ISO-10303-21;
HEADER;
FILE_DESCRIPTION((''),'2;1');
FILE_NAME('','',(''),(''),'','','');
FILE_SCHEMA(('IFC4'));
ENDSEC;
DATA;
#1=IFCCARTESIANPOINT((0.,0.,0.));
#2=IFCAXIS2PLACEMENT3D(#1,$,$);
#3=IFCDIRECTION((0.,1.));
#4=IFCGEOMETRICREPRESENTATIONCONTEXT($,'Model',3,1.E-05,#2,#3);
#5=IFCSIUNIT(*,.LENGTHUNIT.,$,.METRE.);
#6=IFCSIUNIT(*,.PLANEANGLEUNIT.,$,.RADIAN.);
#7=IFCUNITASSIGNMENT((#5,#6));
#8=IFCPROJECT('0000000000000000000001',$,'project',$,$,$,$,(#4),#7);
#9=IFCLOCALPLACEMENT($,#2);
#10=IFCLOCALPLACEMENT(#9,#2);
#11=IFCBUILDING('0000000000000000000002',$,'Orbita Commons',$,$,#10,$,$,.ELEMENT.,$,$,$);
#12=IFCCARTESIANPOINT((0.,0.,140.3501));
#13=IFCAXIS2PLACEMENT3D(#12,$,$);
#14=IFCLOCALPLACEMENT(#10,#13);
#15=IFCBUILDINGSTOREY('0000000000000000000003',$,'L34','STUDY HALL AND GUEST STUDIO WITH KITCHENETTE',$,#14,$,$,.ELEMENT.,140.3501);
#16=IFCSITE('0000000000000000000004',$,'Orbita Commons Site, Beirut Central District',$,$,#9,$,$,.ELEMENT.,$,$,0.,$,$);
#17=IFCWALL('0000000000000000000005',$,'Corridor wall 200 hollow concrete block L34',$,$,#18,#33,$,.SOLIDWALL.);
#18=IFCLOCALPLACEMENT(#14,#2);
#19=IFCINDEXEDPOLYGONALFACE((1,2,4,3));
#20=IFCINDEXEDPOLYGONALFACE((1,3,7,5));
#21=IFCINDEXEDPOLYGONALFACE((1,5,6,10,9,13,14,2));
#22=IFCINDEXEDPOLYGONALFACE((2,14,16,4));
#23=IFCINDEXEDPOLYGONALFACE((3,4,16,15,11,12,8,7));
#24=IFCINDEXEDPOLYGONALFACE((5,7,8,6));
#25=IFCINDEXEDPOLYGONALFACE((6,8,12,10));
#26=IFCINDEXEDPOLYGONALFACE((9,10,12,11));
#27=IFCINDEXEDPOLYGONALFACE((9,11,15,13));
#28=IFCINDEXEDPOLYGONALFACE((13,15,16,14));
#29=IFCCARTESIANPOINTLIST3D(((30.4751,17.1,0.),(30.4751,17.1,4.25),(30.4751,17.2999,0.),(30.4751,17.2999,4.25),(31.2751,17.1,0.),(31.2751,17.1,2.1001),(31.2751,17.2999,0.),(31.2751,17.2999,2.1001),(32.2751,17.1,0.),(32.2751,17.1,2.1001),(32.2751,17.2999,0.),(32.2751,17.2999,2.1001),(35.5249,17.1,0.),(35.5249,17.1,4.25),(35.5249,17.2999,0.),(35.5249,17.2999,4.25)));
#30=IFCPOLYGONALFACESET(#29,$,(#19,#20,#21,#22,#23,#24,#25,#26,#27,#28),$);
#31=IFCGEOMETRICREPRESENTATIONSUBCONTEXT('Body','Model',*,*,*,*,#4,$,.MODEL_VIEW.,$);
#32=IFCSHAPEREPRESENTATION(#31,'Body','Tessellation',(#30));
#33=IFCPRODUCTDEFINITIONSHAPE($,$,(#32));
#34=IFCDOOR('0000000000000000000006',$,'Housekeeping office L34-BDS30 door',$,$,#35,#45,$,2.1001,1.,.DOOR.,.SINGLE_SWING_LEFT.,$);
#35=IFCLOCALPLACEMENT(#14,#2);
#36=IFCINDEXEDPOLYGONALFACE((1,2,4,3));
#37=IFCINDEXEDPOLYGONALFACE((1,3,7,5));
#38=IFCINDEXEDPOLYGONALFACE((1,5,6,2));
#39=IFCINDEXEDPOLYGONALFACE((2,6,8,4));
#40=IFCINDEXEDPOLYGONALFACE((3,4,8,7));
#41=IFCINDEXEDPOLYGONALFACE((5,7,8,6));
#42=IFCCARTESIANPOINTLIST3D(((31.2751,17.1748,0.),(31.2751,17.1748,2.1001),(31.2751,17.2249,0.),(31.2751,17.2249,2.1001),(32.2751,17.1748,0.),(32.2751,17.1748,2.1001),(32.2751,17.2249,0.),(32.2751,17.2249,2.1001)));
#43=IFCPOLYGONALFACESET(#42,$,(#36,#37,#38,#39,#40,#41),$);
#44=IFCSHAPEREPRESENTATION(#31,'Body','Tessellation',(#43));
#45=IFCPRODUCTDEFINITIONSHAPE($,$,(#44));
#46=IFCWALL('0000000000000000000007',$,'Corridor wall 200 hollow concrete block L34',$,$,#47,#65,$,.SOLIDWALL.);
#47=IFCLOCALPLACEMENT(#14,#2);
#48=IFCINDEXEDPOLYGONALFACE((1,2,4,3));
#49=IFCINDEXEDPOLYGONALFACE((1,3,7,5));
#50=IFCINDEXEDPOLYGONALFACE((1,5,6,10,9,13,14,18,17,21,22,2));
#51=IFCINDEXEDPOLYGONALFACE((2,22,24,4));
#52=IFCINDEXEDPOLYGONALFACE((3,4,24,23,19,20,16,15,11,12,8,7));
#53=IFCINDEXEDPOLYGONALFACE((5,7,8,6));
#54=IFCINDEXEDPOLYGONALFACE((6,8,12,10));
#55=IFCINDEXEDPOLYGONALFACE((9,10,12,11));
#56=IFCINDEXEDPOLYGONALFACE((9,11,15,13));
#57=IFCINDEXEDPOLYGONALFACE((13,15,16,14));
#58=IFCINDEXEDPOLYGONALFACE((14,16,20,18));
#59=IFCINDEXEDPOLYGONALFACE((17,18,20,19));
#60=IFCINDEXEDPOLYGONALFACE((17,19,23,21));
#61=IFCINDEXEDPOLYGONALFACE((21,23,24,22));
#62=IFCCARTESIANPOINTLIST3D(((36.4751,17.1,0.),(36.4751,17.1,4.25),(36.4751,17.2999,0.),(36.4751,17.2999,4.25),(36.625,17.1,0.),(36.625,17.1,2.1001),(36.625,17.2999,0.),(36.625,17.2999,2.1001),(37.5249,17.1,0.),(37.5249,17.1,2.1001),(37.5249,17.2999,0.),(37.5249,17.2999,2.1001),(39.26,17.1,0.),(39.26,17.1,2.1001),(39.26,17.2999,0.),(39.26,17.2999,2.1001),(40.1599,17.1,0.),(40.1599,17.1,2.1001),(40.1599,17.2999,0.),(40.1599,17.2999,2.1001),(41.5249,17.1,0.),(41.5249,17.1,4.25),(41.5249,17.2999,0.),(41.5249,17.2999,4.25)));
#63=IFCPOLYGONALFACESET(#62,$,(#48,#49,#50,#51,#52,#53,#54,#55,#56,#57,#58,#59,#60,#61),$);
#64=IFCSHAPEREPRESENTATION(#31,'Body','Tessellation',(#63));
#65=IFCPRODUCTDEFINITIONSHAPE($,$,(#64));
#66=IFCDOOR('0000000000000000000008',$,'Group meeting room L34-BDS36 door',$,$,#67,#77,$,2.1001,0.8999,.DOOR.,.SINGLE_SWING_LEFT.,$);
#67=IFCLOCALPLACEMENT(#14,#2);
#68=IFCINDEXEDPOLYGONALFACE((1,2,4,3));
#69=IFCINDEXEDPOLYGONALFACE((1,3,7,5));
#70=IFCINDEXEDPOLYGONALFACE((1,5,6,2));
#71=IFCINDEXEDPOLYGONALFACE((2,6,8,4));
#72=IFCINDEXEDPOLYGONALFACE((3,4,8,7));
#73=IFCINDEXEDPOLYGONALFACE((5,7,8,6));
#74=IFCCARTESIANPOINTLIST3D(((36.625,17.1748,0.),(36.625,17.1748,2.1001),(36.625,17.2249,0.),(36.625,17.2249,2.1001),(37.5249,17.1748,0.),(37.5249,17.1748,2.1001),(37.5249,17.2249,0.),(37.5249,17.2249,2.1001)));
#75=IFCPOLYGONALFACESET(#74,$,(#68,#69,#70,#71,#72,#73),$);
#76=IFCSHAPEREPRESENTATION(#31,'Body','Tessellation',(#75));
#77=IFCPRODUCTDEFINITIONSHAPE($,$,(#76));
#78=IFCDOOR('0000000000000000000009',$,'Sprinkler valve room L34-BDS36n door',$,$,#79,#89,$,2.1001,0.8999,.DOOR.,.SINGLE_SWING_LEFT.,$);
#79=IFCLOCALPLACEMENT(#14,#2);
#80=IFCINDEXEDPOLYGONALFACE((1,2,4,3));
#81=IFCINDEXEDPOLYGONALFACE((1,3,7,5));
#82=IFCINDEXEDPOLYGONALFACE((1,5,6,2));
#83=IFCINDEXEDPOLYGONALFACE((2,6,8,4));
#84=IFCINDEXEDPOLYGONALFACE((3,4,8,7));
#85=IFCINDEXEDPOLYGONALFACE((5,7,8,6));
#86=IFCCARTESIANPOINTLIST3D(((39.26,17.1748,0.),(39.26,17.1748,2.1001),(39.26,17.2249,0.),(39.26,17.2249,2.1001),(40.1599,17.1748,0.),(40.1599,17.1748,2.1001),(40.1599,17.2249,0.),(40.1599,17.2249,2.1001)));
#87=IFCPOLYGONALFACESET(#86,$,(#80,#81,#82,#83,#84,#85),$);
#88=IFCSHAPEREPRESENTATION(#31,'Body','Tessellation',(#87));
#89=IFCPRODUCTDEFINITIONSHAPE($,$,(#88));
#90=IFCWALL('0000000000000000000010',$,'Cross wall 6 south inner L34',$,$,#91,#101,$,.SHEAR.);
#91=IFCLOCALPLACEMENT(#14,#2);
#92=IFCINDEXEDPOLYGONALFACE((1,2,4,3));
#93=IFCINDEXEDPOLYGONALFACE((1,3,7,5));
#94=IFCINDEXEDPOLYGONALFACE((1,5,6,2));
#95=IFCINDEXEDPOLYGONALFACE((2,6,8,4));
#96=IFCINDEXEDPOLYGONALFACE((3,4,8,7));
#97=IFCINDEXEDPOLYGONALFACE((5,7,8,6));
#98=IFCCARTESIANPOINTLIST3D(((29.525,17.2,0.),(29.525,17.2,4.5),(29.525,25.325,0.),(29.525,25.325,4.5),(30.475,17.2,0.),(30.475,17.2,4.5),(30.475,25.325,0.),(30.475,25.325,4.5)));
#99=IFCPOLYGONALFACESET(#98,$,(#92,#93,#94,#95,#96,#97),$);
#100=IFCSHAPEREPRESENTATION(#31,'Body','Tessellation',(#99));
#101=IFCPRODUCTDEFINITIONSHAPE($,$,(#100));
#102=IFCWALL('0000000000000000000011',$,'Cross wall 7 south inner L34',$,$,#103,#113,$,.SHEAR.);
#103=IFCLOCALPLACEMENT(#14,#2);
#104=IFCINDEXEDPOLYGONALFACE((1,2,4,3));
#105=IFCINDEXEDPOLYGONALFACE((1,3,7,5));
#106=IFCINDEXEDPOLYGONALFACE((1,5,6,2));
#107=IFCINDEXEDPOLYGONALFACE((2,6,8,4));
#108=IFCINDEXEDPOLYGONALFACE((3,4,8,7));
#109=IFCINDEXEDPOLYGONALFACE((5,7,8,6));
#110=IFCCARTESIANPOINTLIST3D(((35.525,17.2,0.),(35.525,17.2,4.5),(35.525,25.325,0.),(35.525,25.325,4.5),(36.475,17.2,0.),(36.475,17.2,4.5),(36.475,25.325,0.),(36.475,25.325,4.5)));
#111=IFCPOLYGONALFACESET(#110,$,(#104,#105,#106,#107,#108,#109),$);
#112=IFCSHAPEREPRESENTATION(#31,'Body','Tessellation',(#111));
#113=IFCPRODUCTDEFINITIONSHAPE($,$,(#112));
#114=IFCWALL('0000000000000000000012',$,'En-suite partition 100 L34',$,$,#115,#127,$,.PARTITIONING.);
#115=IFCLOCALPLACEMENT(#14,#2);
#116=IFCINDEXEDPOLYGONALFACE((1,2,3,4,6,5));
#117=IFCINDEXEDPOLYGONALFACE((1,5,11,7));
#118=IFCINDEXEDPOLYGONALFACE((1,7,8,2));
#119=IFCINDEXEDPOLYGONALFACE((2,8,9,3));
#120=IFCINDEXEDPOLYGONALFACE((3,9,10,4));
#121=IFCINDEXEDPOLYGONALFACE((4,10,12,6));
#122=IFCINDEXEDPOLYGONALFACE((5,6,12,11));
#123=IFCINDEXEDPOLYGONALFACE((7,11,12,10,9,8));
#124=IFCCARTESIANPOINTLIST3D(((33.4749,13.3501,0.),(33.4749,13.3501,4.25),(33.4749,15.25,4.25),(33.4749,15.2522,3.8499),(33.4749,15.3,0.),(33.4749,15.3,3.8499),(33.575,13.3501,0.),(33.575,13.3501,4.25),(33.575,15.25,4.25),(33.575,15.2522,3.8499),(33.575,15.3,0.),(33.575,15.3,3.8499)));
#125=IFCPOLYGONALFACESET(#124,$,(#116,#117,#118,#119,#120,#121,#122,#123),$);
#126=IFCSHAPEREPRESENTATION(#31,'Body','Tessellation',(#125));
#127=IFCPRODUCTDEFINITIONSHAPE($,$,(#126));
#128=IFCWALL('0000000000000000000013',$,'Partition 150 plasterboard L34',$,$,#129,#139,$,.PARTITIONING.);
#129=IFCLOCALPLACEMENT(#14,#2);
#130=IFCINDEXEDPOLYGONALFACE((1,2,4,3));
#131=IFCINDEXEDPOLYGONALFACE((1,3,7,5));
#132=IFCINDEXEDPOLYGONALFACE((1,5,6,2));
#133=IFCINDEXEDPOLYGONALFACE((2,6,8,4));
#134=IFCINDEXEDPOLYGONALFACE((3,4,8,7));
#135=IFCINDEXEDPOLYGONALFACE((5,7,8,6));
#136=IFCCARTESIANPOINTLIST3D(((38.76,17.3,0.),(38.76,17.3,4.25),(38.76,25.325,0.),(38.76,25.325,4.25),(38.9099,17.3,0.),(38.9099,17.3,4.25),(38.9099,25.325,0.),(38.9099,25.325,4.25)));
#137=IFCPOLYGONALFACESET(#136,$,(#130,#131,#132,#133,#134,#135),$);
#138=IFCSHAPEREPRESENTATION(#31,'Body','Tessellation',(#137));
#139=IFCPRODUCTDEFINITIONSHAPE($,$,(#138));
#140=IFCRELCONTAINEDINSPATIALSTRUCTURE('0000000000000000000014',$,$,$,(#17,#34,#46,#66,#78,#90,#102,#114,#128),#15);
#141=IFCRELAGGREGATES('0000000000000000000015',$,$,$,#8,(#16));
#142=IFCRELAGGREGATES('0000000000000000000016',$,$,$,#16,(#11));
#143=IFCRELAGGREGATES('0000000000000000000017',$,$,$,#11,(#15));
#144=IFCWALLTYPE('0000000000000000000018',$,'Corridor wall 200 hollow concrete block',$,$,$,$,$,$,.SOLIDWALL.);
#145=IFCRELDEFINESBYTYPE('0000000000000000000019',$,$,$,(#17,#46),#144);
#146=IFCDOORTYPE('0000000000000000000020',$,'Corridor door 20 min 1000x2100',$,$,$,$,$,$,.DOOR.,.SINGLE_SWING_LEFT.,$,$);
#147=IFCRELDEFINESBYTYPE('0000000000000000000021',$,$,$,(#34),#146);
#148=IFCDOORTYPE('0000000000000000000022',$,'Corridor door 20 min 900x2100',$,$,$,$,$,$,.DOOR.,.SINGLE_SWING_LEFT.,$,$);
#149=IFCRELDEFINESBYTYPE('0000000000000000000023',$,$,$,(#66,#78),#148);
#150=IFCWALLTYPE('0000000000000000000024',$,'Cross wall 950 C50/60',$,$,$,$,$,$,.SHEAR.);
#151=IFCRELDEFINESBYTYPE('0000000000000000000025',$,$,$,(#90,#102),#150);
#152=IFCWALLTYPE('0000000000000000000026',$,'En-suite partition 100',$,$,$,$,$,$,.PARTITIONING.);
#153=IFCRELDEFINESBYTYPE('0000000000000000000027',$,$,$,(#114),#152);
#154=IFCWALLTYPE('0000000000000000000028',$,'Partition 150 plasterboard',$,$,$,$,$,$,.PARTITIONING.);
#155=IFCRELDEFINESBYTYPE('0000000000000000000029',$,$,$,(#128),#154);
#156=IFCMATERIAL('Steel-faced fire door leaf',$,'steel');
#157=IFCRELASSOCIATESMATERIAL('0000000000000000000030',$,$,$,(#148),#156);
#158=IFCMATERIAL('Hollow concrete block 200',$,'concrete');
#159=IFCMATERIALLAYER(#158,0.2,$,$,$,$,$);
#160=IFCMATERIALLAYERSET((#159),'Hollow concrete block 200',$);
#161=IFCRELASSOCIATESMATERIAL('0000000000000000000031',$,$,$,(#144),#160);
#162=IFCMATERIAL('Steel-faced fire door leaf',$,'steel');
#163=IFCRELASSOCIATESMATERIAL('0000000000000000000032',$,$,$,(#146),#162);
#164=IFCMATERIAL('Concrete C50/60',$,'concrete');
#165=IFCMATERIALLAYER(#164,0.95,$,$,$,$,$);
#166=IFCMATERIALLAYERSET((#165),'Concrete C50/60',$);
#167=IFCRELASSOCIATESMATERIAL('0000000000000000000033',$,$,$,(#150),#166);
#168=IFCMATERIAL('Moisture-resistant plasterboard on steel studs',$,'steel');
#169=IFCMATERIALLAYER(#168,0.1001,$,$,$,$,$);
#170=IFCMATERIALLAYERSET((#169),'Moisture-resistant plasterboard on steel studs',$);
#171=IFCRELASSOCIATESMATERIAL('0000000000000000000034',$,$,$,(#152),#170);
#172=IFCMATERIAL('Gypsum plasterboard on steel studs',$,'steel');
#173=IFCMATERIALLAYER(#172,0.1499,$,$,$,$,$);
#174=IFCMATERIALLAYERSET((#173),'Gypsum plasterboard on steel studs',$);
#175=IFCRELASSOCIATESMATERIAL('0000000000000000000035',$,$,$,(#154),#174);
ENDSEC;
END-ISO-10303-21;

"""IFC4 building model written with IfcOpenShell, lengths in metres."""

from ifc_helpers import new_model, si_unit, direction, frame, frame_2d, origin, place, context, subcontext, project, spatial, polyline, rectangle, outline, extrude, material, layer, layer_set, type_object, element, fill, save


model = new_model("IFC4")

# Units and contexts
model_context = context("Model", 3, precision=1e-05, world=origin(), true_north=direction((0.0, 1.0)))
body_context = subcontext(model_context, "Body", "Model", "MODEL_VIEW")
ifc_project = project(units=[si_unit("LENGTHUNIT", "METRE"), si_unit("PLANEANGLEUNIT", "RADIAN")], contexts=[model_context])

# Site, building, storey
site_placement = place(None, origin())
site = spatial("IfcSite", under=ifc_project, at=site_placement, Name="Orbita Commons Site, Beirut Central District", CompositionType="ELEMENT", RefElevation=0.0)
building_placement = place(site_placement, origin())
building = spatial("IfcBuilding", under=site, at=building_placement, Name="Orbita Commons", CompositionType="ELEMENT")
storey_placement = place(building_placement, frame((0.0, 0.0, 140.3501)))
storey = spatial("IfcBuildingStorey", under=building, at=storey_placement, Name="L34", Description="STUDY HALL AND GUEST STUDIO WITH KITCHENETTE", CompositionType="ELEMENT", Elevation=140.3501)

# Wall, opening, door
ifc_material_1 = material(Name="Steel-faced fire door leaf", Category="steel")
door_type_1 = type_object("IfcDoorType", Name="Corridor door 20 min 900x2100", OperationType="SINGLE_SWING_LEFT", PredefinedType="DOOR", material=ifc_material_1)
ifc_material_2 = material(Name="Hollow concrete block 200", Category="concrete")
ifc_layer_1 = layer(ifc_material_2, 0.2)
ifc_layer_set_1 = layer_set([ifc_layer_1], Name="Hollow concrete block 200")
wall_type_1 = type_object("IfcWallType", Name="Corridor wall 200 hollow concrete block", PredefinedType="SOLIDWALL", material=ifc_layer_set_1)
wall_1_placement = place(storey_placement, frame((30.4751, 17.2, 0.0), z_axis=(0.0, 0.0, 1.0), x_axis=(1.0, 0.0, 0.0)))
wall_1 = element("IfcWall", 1, at=wall_1_placement, inside=storey, type_object=wall_type_1, Name="Corridor wall 200 hollow concrete block L34", PredefinedType="SOLIDWALL", context=body_context, shape_type="SweptSolid", body=[
    extrude(rectangle(XDim=5.0498, YDim=0.2, at=frame_2d((2.5249, 0.0))), origin(), (0.0, 0.0, 1.0), 4.25),
])
opening_1_placement = place(wall_1_placement, frame((0.8, 0.0, 0.0)))
opening_1 = element("IfcOpeningElement", 2, at=opening_1_placement, cuts=wall_1, PredefinedType="OPENING", context=body_context, shape_type="SweptSolid", body=[
    extrude(rectangle(XDim=1.0, YDim=2.1001, at=frame_2d((0.5, 1.05))), frame((0.0, 0.1099, 0.0), z_axis=(0.0, -1.0, 0.0), x_axis=(1.0, 0.0, 0.0)), (0.0, 0.0, 1.0), 0.22),
])
ifc_material_3 = material(Name="Steel-faced fire door leaf", Category="steel")
door_type_2 = type_object("IfcDoorType", Name="Corridor door 20 min 1000x2100", OperationType="SINGLE_SWING_LEFT", PredefinedType="DOOR", material=ifc_material_3)
door_1_placement = place(opening_1_placement, origin())
door_1 = element("IfcDoor", 3, at=door_1_placement, inside=storey, type_object=door_type_2, Name="Housekeeping office L34-BDS30 door", OperationType="SINGLE_SWING_LEFT", OverallHeight=2.1001, OverallWidth=1.0, PredefinedType="DOOR", context=body_context, shape_type="SweptSolid", body=[
    extrude(rectangle(XDim=1.0, YDim=2.1001, at=frame_2d((0.5, 1.05))), frame((0.0, 0.0249, 0.0), z_axis=(0.0, -1.0, 0.0), x_axis=(1.0, 0.0, 0.0)), (0.0, 0.0, 1.0), 0.05),
])
fill(opening_1, door_1)

# Wall, openings, doors
wall_2_placement = place(storey_placement, frame((36.4751, 17.2, 0.0), z_axis=(0.0, 0.0, 1.0), x_axis=(1.0, 0.0, 0.0)))
wall_2 = element("IfcWall", 4, at=wall_2_placement, inside=storey, type_object=wall_type_1, Name="Corridor wall 200 hollow concrete block L34", PredefinedType="SOLIDWALL", context=body_context, shape_type="SweptSolid", body=[
    extrude(rectangle(XDim=5.0498, YDim=0.2, at=frame_2d((2.5249, 0.0))), origin(), (0.0, 0.0, 1.0), 4.25),
])
opening_2_placement = place(wall_2_placement, frame((0.1499, 0.0, 0.0)))
opening_2 = element("IfcOpeningElement", 5, at=opening_2_placement, cuts=wall_2, PredefinedType="OPENING", context=body_context, shape_type="SweptSolid", body=[
    extrude(rectangle(XDim=0.8999, YDim=2.1001, at=frame_2d((0.45, 1.05))), frame((0.0, 0.1099, 0.0), z_axis=(0.0, -1.0, 0.0), x_axis=(1.0, 0.0, 0.0)), (0.0, 0.0, 1.0), 0.22),
])
opening_3_placement = place(wall_2_placement, frame((2.7849, 0.0, 0.0)))
opening_3 = element("IfcOpeningElement", 6, at=opening_3_placement, cuts=wall_2, PredefinedType="OPENING", context=body_context, shape_type="SweptSolid", body=[
    extrude(rectangle(XDim=0.8999, YDim=2.1001, at=frame_2d((0.45, 1.05))), frame((0.0, 0.1099, 0.0), z_axis=(0.0, -1.0, 0.0), x_axis=(1.0, 0.0, 0.0)), (0.0, 0.0, 1.0), 0.22),
])
door_2_placement = place(opening_2_placement, origin())
door_2 = element("IfcDoor", 7, at=door_2_placement, inside=storey, type_object=door_type_1, Name="Group meeting room L34-BDS36 door", OperationType="SINGLE_SWING_LEFT", OverallHeight=2.1001, OverallWidth=0.8999, PredefinedType="DOOR", context=body_context, shape_type="SweptSolid", body=[
    extrude(rectangle(XDim=0.8999, YDim=2.1001, at=frame_2d((0.45, 1.05))), frame((0.0, 0.0249, 0.0), z_axis=(0.0, -1.0, 0.0), x_axis=(1.0, 0.0, 0.0)), (0.0, 0.0, 1.0), 0.05),
])
fill(opening_2, door_2)
door_3_placement = place(opening_3_placement, origin())
door_3 = element("IfcDoor", 8, at=door_3_placement, inside=storey, type_object=door_type_1, Name="Sprinkler valve room L34-BDS36n door", OperationType="SINGLE_SWING_LEFT", OverallHeight=2.1001, OverallWidth=0.8999, PredefinedType="DOOR", context=body_context, shape_type="SweptSolid", body=[
    extrude(rectangle(XDim=0.8999, YDim=2.1001, at=frame_2d((0.45, 1.05))), frame((0.0, 0.0249, 0.0), z_axis=(0.0, -1.0, 0.0), x_axis=(1.0, 0.0, 0.0)), (0.0, 0.0, 1.0), 0.05),
])
fill(opening_3, door_3)

# Walls
ifc_material_4 = material(Name="Concrete C50/60", Category="concrete")
ifc_layer_2 = layer(ifc_material_4, 0.95)
ifc_layer_set_2 = layer_set([ifc_layer_2], Name="Concrete C50/60")
wall_type_2 = type_object("IfcWallType", Name="Cross wall 950 C50/60", PredefinedType="SHEAR", material=ifc_layer_set_2)
for number, where, z_axis, x_axis, name in (
    (9, (30.0, 17.2, 0.0), (0.0, 0.0, 1.0), (0.0, 1.0, 0.0), "Cross wall 6 south inner L34"),
    (10, (36.0, 17.2, 0.0), (0.0, 0.0, 1.0), (0.0, 1.0, 0.0), "Cross wall 7 south inner L34"),
):
    element("IfcWall", number, at=place(storey_placement, frame(where, z_axis=z_axis, x_axis=x_axis)), inside=storey, type_object=wall_type_2, Name=name, PredefinedType="SHEAR", context=body_context, shape_type="SweptSolid", body=[
        extrude(rectangle(XDim=8.125, YDim=0.95, at=frame_2d((4.0625, 0.0))), origin(), (0.0, 0.0, 1.0), 4.5),
    ])
ifc_material_5 = material(Name="Moisture-resistant plasterboard on steel studs", Category="steel")
ifc_layer_3 = layer(ifc_material_5, 0.1001)
ifc_layer_set_3 = layer_set([ifc_layer_3], Name="Moisture-resistant plasterboard on steel studs")
wall_type_3 = type_object("IfcWallType", Name="En-suite partition 100", PredefinedType="PARTITIONING", material=ifc_layer_set_3)
wall_3_placement = place(storey_placement, frame((33.5249, 13.3501, 0.0), z_axis=(0.0, 0.0, 1.0), x_axis=(0.0, 1.0, 0.0)))
element("IfcWall", 11, at=wall_3_placement, inside=storey, type_object=wall_type_3, Name="En-suite partition 100 L34", PredefinedType="PARTITIONING", context=body_context, shape_type="SweptSolid", body=[
    extrude(outline(polyline([(0.0, 0.0), (1.95, 0.0), (1.95, 3.8499), (1.9021, 3.8499), (1.8999, 4.25), (0.0, 4.25), (0.0, 0.0)])), frame((0.0, 0.05, 0.0), z_axis=(0.0, -1.0, 0.0), x_axis=(1.0, 0.0, 0.0)), (0.0, 0.0, 1.0), 0.1001),
])
ifc_material_6 = material(Name="Gypsum plasterboard on steel studs", Category="steel")
ifc_layer_4 = layer(ifc_material_6, 0.1499)
ifc_layer_set_4 = layer_set([ifc_layer_4], Name="Gypsum plasterboard on steel studs")
wall_type_4 = type_object("IfcWallType", Name="Partition 150 plasterboard", PredefinedType="PARTITIONING", material=ifc_layer_set_4)
wall_4_placement = place(storey_placement, frame((38.835, 17.3, 0.0), z_axis=(0.0, 0.0, 1.0), x_axis=(0.0, 1.0, 0.0)))
element("IfcWall", 12, at=wall_4_placement, inside=storey, type_object=wall_type_4, Name="Partition 150 plasterboard L34", PredefinedType="PARTITIONING", context=body_context, shape_type="SweptSolid", body=[
    extrude(rectangle(XDim=8.0249, YDim=0.1499, at=frame_2d((4.0125, 0.0))), origin(), (0.0, 0.0, 1.0), 4.25),
])

save(model, "model.ifc")
